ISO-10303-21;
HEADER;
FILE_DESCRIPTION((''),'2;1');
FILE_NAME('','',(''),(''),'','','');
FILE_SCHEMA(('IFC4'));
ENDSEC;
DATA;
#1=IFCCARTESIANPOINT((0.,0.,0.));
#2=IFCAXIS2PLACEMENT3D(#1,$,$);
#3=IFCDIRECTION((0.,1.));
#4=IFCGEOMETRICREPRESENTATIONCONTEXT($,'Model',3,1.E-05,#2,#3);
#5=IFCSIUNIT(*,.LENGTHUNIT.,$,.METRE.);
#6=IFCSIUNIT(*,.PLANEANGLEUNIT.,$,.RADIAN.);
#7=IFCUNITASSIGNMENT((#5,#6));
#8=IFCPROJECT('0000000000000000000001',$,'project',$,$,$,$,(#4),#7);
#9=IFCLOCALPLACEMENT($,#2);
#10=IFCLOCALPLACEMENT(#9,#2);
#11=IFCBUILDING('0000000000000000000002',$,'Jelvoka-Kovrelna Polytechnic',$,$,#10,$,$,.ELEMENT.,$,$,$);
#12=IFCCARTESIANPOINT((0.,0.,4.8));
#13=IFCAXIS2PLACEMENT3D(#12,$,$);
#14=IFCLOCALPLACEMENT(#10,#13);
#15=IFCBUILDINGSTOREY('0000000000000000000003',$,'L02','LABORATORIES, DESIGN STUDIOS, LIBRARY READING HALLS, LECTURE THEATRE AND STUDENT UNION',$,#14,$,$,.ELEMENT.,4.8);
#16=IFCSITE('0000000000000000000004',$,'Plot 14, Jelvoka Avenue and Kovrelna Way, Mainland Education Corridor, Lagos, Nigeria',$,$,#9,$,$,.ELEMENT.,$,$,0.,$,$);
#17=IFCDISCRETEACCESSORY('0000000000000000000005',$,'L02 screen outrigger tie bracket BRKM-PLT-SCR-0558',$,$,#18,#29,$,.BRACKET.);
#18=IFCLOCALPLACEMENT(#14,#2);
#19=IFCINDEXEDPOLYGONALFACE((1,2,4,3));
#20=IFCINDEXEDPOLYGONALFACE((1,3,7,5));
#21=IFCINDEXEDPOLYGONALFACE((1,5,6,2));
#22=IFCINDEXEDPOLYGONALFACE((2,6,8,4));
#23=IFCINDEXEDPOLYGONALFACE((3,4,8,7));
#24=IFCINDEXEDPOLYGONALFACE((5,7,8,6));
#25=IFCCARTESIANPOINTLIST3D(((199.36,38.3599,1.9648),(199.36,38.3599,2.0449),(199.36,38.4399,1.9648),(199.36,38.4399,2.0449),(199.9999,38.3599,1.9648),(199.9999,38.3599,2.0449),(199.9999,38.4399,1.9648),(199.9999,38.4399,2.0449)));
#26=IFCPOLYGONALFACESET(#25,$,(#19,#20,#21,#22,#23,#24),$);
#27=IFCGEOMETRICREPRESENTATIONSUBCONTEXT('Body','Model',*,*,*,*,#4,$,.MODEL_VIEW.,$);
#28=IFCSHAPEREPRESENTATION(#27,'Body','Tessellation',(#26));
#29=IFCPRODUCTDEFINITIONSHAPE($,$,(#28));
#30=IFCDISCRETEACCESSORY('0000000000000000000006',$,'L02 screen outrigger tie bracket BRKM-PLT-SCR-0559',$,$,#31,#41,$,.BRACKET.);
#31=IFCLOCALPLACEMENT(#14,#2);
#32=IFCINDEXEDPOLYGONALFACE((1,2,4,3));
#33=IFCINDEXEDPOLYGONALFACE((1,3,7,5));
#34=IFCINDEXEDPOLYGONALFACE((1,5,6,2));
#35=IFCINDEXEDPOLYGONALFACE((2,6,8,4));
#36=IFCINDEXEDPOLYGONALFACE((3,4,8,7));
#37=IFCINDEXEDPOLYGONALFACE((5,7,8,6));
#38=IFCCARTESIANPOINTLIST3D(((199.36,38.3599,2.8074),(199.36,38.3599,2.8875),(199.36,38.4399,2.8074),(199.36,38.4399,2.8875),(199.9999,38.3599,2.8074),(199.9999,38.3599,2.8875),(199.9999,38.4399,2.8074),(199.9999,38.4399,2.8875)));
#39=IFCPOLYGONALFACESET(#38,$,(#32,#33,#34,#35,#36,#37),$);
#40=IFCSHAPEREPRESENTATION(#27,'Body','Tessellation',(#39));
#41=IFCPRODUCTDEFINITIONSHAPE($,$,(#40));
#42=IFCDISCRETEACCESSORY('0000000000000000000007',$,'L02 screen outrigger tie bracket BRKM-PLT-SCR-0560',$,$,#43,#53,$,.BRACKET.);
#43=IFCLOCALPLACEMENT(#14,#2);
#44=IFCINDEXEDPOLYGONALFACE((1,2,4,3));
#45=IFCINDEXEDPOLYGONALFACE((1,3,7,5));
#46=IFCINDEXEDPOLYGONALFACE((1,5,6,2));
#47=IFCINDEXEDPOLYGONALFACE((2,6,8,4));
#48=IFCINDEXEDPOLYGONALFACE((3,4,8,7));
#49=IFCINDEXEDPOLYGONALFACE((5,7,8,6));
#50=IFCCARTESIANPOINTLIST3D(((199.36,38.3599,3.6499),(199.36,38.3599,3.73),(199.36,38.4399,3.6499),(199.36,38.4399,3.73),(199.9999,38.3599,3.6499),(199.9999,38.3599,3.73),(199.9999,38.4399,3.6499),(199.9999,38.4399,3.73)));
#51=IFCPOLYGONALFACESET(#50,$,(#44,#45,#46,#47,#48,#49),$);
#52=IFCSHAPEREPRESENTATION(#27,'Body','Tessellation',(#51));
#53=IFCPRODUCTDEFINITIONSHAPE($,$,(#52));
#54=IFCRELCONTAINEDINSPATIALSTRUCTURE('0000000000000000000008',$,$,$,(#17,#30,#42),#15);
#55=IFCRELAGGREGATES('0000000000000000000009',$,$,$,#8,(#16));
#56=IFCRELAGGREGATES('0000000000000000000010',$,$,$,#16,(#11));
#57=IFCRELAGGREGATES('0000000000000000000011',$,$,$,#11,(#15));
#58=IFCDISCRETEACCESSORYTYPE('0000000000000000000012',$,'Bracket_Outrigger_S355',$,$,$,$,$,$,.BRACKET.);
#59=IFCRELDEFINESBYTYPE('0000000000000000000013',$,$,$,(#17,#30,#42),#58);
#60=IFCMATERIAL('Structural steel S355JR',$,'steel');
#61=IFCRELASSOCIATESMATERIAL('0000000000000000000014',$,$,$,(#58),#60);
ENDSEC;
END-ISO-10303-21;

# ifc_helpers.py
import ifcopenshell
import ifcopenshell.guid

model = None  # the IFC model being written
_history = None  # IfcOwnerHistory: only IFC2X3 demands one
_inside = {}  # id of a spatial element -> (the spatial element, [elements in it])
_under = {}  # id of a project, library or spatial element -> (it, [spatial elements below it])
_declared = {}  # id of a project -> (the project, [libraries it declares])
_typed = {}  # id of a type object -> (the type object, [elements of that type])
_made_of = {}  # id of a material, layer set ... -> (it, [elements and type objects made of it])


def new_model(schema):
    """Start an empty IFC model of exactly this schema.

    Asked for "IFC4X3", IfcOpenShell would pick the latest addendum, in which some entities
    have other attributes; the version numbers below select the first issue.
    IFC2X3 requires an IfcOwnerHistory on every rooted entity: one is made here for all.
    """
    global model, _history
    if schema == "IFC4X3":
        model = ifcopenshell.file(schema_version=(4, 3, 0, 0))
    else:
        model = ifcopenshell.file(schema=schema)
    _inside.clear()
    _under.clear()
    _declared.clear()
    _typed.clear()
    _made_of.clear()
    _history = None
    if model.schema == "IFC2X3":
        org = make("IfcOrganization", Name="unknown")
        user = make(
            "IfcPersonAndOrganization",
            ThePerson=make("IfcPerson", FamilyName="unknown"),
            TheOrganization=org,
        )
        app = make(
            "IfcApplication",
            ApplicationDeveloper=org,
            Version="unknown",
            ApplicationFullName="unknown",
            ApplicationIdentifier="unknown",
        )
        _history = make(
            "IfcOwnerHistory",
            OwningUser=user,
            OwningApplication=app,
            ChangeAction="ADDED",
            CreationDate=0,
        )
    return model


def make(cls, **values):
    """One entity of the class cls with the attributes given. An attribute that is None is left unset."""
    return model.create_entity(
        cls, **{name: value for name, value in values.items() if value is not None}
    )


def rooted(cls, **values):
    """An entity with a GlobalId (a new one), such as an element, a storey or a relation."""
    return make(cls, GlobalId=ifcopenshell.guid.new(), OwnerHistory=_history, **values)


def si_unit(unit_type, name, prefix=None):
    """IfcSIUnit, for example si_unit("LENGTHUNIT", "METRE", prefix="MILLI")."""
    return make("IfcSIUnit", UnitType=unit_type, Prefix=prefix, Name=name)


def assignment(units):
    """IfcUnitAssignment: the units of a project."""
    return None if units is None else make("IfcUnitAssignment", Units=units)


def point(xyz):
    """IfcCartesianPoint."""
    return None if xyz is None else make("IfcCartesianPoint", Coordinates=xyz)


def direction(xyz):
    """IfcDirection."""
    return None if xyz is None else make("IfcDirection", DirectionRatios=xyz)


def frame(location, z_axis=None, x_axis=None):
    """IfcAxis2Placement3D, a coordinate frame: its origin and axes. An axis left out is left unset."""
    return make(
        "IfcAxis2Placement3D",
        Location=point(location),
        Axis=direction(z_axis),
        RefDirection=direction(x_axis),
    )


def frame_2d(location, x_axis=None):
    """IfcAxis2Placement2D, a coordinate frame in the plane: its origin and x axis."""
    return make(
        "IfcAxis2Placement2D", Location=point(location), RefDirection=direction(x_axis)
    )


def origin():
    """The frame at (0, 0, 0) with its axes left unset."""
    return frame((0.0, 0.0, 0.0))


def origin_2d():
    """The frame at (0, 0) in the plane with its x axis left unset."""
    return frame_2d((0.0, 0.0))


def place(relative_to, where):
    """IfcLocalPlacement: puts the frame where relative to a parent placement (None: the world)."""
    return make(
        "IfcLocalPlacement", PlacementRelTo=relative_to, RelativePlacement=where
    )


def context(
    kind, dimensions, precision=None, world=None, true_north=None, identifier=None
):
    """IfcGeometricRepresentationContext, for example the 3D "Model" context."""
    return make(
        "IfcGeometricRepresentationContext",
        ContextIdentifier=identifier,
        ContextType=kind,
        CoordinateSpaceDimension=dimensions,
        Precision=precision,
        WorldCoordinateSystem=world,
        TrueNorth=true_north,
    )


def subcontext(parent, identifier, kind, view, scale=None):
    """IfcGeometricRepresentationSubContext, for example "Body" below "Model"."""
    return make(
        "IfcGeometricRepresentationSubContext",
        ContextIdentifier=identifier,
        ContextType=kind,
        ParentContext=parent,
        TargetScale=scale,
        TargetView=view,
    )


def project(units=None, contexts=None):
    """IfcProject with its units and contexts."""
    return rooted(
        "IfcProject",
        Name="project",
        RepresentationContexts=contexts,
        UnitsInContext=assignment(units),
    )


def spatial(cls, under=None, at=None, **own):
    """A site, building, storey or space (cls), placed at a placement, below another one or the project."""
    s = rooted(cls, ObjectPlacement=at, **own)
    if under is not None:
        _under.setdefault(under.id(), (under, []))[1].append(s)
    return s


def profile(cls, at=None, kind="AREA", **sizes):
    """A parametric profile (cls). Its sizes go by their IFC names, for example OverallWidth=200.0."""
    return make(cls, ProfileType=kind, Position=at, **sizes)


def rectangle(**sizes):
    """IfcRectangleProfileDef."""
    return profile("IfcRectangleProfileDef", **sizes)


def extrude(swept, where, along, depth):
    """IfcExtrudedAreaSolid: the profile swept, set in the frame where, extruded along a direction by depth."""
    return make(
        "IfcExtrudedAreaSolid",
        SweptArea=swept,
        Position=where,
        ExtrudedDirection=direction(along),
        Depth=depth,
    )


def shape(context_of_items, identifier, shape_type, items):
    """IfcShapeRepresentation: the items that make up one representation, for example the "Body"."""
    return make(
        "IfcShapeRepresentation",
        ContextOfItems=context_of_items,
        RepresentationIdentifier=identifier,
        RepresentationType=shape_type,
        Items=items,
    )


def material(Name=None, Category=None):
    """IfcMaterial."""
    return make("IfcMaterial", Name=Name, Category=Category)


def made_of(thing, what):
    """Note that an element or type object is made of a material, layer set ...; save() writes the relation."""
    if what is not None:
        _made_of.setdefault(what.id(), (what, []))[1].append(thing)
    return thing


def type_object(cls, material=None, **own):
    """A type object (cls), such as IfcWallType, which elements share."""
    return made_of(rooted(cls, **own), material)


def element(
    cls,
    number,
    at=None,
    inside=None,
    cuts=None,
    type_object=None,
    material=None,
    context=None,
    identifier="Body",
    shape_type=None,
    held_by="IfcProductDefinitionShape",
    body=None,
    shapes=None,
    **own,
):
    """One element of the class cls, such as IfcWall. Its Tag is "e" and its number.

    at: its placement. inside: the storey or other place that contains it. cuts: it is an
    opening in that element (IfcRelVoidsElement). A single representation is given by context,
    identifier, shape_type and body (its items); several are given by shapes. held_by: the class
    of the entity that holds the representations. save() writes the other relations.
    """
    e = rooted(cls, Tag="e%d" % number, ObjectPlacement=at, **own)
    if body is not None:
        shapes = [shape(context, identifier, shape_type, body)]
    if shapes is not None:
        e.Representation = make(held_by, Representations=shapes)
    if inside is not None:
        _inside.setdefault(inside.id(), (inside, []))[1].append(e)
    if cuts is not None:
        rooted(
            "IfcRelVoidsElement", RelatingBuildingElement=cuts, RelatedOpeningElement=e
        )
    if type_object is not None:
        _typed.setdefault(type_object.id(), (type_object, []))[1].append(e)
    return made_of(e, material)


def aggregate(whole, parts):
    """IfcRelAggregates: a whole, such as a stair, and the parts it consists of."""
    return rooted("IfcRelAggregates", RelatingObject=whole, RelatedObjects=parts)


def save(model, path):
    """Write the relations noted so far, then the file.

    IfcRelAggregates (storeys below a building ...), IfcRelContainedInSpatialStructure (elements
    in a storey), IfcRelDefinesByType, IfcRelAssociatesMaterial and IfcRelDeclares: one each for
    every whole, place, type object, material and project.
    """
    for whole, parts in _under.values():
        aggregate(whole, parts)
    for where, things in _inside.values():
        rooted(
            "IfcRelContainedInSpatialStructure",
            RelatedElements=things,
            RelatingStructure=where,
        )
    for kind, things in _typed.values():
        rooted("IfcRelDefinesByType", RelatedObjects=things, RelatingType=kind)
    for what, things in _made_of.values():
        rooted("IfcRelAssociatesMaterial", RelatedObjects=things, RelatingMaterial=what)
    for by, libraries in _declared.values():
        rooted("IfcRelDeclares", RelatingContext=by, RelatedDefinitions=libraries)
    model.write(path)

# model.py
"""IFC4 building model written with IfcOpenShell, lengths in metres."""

from ifc_helpers import new_model, si_unit, direction, frame, origin, origin_2d, place, context, subcontext, project, spatial, rectangle, extrude, material, type_object, element, save


model = new_model("IFC4")

# Units and contexts
model_context = context("Model", 3, precision=1e-05, world=origin(), true_north=direction((0.0, 1.0)))
body_context = subcontext(model_context, "Body", "Model", "MODEL_VIEW")
ifc_project = project(units=[si_unit("LENGTHUNIT", "METRE"), si_unit("PLANEANGLEUNIT", "RADIAN")], contexts=[model_context])

# Site, building, storey
site_placement = place(None, origin())
site = spatial("IfcSite", under=ifc_project, at=site_placement, Name="Plot 14, Jelvoka Avenue and Kovrelna Way, Mainland Education Corridor, Lagos, Nigeria", CompositionType="ELEMENT", RefElevation=0.0)
building_placement = place(site_placement, origin())
building = spatial("IfcBuilding", under=site, at=building_placement, Name="Jelvoka-Kovrelna Polytechnic", CompositionType="ELEMENT")
storey_placement = place(building_placement, frame((0.0, 0.0, 4.8)))
storey = spatial("IfcBuildingStorey", under=building, at=storey_placement, Name="L02", Description="LABORATORIES, DESIGN STUDIOS, LIBRARY READING HALLS, LECTURE THEATRE AND STUDENT UNION", CompositionType="ELEMENT", Elevation=4.8)

# Discrete accessories
ifc_material_1 = material(Name="Structural steel S355JR", Category="steel")
discrete_accessory_type = type_object("IfcDiscreteAccessoryType", Name="Bracket_Outrigger_S355", PredefinedType="BRACKET", material=ifc_material_1)
for number, where, z_axis, x_axis, name in (
    (1, (199.6799, 38.3999, 1.9648), (0.0, 0.0, 1.0), (1.0, 0.0, 0.0), "L02 screen outrigger tie bracket BRKM-PLT-SCR-0558"),
    (2, (199.6799, 38.3999, 2.8074), (0.0, 0.0, 1.0), (1.0, 0.0, 0.0), "L02 screen outrigger tie bracket BRKM-PLT-SCR-0559"),
    (3, (199.6799, 38.3999, 3.6499), (0.0, 0.0, 1.0), (1.0, 0.0, 0.0), "L02 screen outrigger tie bracket BRKM-PLT-SCR-0560"),
):
    element("IfcDiscreteAccessory", number, at=place(storey_placement, frame(where, z_axis=z_axis, x_axis=x_axis)), inside=storey, type_object=discrete_accessory_type, Name=name, PredefinedType="BRACKET", context=body_context, shape_type="SweptSolid", body=[
        extrude(rectangle(XDim=0.6399, YDim=0.0801, at=origin_2d()), origin(), (0.0, 0.0, 1.0), 0.0801),
    ])

save(model, "model.ifc")
